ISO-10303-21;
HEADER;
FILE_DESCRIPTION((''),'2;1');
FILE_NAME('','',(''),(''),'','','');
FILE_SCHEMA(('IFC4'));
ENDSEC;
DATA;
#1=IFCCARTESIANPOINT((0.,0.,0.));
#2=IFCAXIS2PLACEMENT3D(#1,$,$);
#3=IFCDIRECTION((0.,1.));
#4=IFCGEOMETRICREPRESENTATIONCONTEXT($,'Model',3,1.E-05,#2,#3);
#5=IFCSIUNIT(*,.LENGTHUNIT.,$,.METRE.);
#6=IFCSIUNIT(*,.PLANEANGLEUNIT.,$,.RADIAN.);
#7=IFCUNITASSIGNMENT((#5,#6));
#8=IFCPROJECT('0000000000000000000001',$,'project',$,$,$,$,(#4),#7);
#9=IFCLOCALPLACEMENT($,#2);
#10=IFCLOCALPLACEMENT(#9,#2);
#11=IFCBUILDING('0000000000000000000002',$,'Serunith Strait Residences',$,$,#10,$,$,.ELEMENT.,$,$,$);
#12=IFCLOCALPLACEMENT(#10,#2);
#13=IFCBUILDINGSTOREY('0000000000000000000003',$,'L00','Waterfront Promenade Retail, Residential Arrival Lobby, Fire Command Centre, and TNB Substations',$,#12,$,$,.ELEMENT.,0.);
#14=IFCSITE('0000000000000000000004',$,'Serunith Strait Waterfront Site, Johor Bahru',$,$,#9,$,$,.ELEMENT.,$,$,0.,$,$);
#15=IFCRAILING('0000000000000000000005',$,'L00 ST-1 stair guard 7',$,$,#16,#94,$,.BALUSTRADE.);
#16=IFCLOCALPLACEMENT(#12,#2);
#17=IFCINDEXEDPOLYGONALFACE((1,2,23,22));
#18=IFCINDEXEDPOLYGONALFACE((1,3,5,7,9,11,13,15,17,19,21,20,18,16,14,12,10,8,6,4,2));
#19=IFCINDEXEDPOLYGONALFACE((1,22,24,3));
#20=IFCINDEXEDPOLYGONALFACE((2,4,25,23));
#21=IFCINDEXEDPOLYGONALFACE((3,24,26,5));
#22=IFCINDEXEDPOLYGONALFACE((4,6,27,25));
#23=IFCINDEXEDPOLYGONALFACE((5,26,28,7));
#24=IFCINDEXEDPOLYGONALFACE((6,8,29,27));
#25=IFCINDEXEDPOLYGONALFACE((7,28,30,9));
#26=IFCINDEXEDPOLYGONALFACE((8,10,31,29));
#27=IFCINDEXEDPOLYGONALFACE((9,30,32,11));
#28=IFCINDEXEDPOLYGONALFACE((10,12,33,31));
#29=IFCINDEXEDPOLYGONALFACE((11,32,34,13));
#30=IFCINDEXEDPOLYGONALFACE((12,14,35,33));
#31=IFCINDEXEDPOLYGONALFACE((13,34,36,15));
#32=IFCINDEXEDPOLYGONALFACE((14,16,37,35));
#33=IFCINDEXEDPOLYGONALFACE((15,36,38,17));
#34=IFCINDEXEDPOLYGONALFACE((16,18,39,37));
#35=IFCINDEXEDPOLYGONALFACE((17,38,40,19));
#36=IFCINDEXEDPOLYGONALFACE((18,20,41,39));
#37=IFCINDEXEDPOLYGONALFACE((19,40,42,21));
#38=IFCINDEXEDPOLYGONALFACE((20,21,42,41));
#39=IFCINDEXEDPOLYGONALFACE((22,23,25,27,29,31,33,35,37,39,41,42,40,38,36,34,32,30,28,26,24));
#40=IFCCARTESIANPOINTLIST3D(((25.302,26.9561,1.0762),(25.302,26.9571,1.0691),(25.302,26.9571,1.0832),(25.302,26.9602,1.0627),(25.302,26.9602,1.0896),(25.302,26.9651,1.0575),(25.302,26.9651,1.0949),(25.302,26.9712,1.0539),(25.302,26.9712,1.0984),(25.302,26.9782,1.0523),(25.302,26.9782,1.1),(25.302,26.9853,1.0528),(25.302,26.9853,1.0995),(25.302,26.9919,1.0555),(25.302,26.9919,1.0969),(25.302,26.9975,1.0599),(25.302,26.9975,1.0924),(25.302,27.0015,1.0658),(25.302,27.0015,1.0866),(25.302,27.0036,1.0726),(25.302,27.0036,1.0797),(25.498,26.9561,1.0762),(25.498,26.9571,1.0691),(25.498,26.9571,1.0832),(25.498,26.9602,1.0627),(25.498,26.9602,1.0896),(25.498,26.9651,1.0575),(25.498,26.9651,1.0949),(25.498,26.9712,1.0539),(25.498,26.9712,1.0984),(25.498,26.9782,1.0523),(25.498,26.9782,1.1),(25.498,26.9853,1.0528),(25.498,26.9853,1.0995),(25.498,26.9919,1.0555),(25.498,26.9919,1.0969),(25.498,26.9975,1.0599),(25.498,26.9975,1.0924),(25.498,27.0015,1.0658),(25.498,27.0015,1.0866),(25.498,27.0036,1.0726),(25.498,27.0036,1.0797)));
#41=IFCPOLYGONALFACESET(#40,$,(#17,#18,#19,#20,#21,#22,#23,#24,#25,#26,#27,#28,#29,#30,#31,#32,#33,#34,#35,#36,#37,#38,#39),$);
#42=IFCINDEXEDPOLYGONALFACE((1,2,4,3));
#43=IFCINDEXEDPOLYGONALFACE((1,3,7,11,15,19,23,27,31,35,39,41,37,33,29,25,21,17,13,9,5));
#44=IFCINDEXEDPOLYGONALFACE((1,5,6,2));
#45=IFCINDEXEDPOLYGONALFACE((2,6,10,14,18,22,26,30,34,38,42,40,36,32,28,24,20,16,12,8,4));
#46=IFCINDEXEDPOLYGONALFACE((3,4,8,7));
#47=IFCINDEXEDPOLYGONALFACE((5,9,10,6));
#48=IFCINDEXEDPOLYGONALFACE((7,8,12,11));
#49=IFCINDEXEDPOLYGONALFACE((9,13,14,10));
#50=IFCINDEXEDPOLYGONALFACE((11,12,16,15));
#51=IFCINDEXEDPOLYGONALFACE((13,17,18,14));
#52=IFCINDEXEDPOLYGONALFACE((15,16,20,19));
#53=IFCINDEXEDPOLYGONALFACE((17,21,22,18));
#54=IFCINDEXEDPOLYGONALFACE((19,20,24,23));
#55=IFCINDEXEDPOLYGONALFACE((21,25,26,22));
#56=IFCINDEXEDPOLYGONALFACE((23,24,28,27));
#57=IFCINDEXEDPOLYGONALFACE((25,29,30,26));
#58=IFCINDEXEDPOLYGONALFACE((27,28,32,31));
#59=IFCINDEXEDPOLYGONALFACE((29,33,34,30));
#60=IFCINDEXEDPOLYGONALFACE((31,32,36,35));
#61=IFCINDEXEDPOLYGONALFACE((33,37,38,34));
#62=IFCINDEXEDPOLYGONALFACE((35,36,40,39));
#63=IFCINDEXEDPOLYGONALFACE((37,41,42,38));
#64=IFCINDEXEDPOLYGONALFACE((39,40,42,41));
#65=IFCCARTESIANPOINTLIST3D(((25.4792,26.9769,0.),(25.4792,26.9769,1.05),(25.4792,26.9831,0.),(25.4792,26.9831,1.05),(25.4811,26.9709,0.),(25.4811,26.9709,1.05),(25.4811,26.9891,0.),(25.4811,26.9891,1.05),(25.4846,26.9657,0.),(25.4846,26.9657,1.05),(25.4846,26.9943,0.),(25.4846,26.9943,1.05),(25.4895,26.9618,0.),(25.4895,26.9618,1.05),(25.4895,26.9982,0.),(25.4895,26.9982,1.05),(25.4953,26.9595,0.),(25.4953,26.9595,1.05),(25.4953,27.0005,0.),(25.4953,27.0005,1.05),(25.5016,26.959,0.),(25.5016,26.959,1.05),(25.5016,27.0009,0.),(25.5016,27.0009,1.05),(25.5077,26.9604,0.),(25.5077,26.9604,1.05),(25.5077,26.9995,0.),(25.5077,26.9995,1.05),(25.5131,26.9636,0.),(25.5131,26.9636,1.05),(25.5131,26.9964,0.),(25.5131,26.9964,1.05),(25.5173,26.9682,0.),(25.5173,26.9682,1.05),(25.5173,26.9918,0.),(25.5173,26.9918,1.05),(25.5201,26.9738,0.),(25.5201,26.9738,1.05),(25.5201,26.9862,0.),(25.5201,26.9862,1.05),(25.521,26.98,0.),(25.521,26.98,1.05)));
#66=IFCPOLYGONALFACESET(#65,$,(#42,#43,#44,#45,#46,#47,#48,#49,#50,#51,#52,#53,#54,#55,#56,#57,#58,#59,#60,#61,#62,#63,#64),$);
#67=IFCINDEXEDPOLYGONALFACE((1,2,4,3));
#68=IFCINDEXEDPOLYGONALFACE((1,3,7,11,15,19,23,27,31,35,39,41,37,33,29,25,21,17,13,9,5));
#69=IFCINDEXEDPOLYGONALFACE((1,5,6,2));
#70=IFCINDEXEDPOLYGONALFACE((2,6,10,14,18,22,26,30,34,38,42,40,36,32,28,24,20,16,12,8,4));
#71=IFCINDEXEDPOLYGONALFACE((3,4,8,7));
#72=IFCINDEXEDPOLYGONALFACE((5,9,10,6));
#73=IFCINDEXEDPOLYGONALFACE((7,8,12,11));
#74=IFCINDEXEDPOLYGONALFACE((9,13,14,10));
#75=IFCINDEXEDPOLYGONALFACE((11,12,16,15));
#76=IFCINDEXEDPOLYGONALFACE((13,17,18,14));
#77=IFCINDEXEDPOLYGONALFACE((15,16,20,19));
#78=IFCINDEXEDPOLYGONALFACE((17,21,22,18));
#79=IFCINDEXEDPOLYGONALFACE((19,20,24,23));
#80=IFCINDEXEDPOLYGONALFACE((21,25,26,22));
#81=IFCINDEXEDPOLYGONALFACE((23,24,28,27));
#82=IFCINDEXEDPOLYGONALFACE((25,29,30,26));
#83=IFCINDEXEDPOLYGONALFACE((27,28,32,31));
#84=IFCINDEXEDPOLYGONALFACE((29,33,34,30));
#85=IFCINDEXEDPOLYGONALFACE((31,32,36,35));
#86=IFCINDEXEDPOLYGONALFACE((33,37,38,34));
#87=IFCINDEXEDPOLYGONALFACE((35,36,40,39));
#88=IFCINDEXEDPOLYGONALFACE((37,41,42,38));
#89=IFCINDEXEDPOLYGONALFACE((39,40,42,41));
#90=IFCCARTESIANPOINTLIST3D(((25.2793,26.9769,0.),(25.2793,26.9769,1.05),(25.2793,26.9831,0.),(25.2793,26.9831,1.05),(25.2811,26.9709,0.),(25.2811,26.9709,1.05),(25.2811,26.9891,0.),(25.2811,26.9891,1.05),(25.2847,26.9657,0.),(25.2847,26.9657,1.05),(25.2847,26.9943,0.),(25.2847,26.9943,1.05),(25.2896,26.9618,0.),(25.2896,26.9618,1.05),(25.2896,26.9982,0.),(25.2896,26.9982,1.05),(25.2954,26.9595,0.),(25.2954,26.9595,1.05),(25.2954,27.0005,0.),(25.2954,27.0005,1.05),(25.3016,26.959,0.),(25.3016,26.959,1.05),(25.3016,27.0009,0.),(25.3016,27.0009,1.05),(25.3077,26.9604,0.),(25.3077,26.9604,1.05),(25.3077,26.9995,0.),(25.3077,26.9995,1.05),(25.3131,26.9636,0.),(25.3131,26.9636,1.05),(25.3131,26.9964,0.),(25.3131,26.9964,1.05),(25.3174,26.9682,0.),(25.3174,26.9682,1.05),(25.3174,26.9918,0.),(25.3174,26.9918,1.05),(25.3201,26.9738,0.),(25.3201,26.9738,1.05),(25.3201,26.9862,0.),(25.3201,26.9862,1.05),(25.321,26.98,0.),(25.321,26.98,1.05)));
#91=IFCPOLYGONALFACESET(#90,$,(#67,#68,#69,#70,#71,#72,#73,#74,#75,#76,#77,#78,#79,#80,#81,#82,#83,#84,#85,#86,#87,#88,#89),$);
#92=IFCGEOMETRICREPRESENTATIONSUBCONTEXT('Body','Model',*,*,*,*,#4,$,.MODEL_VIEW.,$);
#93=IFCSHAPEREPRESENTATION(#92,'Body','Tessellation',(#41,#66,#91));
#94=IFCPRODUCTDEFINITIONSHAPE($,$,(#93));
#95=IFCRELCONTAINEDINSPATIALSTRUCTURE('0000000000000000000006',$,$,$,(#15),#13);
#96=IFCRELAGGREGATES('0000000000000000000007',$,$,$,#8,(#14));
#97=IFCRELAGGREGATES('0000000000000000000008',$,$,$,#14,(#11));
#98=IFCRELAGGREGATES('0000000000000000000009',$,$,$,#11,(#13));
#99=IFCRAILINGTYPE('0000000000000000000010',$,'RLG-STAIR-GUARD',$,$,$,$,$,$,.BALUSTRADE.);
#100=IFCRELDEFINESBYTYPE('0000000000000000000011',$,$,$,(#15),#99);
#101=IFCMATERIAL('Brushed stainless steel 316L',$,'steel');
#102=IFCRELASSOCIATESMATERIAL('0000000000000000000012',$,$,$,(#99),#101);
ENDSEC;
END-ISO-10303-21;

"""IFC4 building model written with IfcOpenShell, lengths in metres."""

from ifc_helpers import new_model, si_unit, direction, frame, origin, origin_2d, place, context, subcontext, project, spatial, circle, extrude, material, type_object, element, save


model = new_model("IFC4")

# Units and contexts
model_context = context("Model", 3, precision=1e-05, world=origin(), true_north=direction((0.0, 1.0)))
body_context = subcontext(model_context, "Body", "Model", "MODEL_VIEW")
ifc_project = project(units=[si_unit("LENGTHUNIT", "METRE"), si_unit("PLANEANGLEUNIT", "RADIAN")], contexts=[model_context])

# Site, building, storey
site_placement = place(None, origin())
site = spatial("IfcSite", under=ifc_project, at=site_placement, Name="Serunith Strait Waterfront Site, Johor Bahru", CompositionType="ELEMENT", RefElevation=0.0)
building_placement = place(site_placement, origin())
building = spatial("IfcBuilding", under=site, at=building_placement, Name="Serunith Strait Residences", CompositionType="ELEMENT")
storey_placement = place(building_placement, origin())
storey = spatial("IfcBuildingStorey", under=building, at=storey_placement, Name="L00", Description="Waterfront Promenade Retail, Residential Arrival Lobby, Fire Command Centre, and TNB Substations", CompositionType="ELEMENT", Elevation=0.0)

# Railing
ifc_material_1 = material(Name="Brushed stainless steel 316L", Category="steel")
railing_type_1 = type_object("IfcRailingType", Name="RLG-STAIR-GUARD", PredefinedType="BALUSTRADE", material=ifc_material_1)
railing_1_placement = place(storey_placement, frame((25.5, 26.98, 0.0)))
element("IfcRailing", 1, at=railing_1_placement, inside=storey, type_object=railing_type_1, Name="L00 ST-1 stair guard 7", PredefinedType="BALUSTRADE", context=body_context, shape_type="SweptSolid", body=[
    extrude(circle(Radius=0.0239, at=origin_2d()), frame((-0.002, 0.0, 1.0762), z_axis=(-1.0, 0.0, 0.0), x_axis=(0.0, -1.0, 0.0)), (0.0, 0.0, 1.0), 0.196),
    extrude(circle(Radius=0.021, at=origin_2d()), origin(), (0.0, 0.0, 1.0), 1.05),
    extrude(circle(Radius=0.021, at=origin_2d()), frame((-0.2, 0.0, 0.0)), (0.0, 0.0, 1.0), 1.05),
])

save(model, "model.ifc")
